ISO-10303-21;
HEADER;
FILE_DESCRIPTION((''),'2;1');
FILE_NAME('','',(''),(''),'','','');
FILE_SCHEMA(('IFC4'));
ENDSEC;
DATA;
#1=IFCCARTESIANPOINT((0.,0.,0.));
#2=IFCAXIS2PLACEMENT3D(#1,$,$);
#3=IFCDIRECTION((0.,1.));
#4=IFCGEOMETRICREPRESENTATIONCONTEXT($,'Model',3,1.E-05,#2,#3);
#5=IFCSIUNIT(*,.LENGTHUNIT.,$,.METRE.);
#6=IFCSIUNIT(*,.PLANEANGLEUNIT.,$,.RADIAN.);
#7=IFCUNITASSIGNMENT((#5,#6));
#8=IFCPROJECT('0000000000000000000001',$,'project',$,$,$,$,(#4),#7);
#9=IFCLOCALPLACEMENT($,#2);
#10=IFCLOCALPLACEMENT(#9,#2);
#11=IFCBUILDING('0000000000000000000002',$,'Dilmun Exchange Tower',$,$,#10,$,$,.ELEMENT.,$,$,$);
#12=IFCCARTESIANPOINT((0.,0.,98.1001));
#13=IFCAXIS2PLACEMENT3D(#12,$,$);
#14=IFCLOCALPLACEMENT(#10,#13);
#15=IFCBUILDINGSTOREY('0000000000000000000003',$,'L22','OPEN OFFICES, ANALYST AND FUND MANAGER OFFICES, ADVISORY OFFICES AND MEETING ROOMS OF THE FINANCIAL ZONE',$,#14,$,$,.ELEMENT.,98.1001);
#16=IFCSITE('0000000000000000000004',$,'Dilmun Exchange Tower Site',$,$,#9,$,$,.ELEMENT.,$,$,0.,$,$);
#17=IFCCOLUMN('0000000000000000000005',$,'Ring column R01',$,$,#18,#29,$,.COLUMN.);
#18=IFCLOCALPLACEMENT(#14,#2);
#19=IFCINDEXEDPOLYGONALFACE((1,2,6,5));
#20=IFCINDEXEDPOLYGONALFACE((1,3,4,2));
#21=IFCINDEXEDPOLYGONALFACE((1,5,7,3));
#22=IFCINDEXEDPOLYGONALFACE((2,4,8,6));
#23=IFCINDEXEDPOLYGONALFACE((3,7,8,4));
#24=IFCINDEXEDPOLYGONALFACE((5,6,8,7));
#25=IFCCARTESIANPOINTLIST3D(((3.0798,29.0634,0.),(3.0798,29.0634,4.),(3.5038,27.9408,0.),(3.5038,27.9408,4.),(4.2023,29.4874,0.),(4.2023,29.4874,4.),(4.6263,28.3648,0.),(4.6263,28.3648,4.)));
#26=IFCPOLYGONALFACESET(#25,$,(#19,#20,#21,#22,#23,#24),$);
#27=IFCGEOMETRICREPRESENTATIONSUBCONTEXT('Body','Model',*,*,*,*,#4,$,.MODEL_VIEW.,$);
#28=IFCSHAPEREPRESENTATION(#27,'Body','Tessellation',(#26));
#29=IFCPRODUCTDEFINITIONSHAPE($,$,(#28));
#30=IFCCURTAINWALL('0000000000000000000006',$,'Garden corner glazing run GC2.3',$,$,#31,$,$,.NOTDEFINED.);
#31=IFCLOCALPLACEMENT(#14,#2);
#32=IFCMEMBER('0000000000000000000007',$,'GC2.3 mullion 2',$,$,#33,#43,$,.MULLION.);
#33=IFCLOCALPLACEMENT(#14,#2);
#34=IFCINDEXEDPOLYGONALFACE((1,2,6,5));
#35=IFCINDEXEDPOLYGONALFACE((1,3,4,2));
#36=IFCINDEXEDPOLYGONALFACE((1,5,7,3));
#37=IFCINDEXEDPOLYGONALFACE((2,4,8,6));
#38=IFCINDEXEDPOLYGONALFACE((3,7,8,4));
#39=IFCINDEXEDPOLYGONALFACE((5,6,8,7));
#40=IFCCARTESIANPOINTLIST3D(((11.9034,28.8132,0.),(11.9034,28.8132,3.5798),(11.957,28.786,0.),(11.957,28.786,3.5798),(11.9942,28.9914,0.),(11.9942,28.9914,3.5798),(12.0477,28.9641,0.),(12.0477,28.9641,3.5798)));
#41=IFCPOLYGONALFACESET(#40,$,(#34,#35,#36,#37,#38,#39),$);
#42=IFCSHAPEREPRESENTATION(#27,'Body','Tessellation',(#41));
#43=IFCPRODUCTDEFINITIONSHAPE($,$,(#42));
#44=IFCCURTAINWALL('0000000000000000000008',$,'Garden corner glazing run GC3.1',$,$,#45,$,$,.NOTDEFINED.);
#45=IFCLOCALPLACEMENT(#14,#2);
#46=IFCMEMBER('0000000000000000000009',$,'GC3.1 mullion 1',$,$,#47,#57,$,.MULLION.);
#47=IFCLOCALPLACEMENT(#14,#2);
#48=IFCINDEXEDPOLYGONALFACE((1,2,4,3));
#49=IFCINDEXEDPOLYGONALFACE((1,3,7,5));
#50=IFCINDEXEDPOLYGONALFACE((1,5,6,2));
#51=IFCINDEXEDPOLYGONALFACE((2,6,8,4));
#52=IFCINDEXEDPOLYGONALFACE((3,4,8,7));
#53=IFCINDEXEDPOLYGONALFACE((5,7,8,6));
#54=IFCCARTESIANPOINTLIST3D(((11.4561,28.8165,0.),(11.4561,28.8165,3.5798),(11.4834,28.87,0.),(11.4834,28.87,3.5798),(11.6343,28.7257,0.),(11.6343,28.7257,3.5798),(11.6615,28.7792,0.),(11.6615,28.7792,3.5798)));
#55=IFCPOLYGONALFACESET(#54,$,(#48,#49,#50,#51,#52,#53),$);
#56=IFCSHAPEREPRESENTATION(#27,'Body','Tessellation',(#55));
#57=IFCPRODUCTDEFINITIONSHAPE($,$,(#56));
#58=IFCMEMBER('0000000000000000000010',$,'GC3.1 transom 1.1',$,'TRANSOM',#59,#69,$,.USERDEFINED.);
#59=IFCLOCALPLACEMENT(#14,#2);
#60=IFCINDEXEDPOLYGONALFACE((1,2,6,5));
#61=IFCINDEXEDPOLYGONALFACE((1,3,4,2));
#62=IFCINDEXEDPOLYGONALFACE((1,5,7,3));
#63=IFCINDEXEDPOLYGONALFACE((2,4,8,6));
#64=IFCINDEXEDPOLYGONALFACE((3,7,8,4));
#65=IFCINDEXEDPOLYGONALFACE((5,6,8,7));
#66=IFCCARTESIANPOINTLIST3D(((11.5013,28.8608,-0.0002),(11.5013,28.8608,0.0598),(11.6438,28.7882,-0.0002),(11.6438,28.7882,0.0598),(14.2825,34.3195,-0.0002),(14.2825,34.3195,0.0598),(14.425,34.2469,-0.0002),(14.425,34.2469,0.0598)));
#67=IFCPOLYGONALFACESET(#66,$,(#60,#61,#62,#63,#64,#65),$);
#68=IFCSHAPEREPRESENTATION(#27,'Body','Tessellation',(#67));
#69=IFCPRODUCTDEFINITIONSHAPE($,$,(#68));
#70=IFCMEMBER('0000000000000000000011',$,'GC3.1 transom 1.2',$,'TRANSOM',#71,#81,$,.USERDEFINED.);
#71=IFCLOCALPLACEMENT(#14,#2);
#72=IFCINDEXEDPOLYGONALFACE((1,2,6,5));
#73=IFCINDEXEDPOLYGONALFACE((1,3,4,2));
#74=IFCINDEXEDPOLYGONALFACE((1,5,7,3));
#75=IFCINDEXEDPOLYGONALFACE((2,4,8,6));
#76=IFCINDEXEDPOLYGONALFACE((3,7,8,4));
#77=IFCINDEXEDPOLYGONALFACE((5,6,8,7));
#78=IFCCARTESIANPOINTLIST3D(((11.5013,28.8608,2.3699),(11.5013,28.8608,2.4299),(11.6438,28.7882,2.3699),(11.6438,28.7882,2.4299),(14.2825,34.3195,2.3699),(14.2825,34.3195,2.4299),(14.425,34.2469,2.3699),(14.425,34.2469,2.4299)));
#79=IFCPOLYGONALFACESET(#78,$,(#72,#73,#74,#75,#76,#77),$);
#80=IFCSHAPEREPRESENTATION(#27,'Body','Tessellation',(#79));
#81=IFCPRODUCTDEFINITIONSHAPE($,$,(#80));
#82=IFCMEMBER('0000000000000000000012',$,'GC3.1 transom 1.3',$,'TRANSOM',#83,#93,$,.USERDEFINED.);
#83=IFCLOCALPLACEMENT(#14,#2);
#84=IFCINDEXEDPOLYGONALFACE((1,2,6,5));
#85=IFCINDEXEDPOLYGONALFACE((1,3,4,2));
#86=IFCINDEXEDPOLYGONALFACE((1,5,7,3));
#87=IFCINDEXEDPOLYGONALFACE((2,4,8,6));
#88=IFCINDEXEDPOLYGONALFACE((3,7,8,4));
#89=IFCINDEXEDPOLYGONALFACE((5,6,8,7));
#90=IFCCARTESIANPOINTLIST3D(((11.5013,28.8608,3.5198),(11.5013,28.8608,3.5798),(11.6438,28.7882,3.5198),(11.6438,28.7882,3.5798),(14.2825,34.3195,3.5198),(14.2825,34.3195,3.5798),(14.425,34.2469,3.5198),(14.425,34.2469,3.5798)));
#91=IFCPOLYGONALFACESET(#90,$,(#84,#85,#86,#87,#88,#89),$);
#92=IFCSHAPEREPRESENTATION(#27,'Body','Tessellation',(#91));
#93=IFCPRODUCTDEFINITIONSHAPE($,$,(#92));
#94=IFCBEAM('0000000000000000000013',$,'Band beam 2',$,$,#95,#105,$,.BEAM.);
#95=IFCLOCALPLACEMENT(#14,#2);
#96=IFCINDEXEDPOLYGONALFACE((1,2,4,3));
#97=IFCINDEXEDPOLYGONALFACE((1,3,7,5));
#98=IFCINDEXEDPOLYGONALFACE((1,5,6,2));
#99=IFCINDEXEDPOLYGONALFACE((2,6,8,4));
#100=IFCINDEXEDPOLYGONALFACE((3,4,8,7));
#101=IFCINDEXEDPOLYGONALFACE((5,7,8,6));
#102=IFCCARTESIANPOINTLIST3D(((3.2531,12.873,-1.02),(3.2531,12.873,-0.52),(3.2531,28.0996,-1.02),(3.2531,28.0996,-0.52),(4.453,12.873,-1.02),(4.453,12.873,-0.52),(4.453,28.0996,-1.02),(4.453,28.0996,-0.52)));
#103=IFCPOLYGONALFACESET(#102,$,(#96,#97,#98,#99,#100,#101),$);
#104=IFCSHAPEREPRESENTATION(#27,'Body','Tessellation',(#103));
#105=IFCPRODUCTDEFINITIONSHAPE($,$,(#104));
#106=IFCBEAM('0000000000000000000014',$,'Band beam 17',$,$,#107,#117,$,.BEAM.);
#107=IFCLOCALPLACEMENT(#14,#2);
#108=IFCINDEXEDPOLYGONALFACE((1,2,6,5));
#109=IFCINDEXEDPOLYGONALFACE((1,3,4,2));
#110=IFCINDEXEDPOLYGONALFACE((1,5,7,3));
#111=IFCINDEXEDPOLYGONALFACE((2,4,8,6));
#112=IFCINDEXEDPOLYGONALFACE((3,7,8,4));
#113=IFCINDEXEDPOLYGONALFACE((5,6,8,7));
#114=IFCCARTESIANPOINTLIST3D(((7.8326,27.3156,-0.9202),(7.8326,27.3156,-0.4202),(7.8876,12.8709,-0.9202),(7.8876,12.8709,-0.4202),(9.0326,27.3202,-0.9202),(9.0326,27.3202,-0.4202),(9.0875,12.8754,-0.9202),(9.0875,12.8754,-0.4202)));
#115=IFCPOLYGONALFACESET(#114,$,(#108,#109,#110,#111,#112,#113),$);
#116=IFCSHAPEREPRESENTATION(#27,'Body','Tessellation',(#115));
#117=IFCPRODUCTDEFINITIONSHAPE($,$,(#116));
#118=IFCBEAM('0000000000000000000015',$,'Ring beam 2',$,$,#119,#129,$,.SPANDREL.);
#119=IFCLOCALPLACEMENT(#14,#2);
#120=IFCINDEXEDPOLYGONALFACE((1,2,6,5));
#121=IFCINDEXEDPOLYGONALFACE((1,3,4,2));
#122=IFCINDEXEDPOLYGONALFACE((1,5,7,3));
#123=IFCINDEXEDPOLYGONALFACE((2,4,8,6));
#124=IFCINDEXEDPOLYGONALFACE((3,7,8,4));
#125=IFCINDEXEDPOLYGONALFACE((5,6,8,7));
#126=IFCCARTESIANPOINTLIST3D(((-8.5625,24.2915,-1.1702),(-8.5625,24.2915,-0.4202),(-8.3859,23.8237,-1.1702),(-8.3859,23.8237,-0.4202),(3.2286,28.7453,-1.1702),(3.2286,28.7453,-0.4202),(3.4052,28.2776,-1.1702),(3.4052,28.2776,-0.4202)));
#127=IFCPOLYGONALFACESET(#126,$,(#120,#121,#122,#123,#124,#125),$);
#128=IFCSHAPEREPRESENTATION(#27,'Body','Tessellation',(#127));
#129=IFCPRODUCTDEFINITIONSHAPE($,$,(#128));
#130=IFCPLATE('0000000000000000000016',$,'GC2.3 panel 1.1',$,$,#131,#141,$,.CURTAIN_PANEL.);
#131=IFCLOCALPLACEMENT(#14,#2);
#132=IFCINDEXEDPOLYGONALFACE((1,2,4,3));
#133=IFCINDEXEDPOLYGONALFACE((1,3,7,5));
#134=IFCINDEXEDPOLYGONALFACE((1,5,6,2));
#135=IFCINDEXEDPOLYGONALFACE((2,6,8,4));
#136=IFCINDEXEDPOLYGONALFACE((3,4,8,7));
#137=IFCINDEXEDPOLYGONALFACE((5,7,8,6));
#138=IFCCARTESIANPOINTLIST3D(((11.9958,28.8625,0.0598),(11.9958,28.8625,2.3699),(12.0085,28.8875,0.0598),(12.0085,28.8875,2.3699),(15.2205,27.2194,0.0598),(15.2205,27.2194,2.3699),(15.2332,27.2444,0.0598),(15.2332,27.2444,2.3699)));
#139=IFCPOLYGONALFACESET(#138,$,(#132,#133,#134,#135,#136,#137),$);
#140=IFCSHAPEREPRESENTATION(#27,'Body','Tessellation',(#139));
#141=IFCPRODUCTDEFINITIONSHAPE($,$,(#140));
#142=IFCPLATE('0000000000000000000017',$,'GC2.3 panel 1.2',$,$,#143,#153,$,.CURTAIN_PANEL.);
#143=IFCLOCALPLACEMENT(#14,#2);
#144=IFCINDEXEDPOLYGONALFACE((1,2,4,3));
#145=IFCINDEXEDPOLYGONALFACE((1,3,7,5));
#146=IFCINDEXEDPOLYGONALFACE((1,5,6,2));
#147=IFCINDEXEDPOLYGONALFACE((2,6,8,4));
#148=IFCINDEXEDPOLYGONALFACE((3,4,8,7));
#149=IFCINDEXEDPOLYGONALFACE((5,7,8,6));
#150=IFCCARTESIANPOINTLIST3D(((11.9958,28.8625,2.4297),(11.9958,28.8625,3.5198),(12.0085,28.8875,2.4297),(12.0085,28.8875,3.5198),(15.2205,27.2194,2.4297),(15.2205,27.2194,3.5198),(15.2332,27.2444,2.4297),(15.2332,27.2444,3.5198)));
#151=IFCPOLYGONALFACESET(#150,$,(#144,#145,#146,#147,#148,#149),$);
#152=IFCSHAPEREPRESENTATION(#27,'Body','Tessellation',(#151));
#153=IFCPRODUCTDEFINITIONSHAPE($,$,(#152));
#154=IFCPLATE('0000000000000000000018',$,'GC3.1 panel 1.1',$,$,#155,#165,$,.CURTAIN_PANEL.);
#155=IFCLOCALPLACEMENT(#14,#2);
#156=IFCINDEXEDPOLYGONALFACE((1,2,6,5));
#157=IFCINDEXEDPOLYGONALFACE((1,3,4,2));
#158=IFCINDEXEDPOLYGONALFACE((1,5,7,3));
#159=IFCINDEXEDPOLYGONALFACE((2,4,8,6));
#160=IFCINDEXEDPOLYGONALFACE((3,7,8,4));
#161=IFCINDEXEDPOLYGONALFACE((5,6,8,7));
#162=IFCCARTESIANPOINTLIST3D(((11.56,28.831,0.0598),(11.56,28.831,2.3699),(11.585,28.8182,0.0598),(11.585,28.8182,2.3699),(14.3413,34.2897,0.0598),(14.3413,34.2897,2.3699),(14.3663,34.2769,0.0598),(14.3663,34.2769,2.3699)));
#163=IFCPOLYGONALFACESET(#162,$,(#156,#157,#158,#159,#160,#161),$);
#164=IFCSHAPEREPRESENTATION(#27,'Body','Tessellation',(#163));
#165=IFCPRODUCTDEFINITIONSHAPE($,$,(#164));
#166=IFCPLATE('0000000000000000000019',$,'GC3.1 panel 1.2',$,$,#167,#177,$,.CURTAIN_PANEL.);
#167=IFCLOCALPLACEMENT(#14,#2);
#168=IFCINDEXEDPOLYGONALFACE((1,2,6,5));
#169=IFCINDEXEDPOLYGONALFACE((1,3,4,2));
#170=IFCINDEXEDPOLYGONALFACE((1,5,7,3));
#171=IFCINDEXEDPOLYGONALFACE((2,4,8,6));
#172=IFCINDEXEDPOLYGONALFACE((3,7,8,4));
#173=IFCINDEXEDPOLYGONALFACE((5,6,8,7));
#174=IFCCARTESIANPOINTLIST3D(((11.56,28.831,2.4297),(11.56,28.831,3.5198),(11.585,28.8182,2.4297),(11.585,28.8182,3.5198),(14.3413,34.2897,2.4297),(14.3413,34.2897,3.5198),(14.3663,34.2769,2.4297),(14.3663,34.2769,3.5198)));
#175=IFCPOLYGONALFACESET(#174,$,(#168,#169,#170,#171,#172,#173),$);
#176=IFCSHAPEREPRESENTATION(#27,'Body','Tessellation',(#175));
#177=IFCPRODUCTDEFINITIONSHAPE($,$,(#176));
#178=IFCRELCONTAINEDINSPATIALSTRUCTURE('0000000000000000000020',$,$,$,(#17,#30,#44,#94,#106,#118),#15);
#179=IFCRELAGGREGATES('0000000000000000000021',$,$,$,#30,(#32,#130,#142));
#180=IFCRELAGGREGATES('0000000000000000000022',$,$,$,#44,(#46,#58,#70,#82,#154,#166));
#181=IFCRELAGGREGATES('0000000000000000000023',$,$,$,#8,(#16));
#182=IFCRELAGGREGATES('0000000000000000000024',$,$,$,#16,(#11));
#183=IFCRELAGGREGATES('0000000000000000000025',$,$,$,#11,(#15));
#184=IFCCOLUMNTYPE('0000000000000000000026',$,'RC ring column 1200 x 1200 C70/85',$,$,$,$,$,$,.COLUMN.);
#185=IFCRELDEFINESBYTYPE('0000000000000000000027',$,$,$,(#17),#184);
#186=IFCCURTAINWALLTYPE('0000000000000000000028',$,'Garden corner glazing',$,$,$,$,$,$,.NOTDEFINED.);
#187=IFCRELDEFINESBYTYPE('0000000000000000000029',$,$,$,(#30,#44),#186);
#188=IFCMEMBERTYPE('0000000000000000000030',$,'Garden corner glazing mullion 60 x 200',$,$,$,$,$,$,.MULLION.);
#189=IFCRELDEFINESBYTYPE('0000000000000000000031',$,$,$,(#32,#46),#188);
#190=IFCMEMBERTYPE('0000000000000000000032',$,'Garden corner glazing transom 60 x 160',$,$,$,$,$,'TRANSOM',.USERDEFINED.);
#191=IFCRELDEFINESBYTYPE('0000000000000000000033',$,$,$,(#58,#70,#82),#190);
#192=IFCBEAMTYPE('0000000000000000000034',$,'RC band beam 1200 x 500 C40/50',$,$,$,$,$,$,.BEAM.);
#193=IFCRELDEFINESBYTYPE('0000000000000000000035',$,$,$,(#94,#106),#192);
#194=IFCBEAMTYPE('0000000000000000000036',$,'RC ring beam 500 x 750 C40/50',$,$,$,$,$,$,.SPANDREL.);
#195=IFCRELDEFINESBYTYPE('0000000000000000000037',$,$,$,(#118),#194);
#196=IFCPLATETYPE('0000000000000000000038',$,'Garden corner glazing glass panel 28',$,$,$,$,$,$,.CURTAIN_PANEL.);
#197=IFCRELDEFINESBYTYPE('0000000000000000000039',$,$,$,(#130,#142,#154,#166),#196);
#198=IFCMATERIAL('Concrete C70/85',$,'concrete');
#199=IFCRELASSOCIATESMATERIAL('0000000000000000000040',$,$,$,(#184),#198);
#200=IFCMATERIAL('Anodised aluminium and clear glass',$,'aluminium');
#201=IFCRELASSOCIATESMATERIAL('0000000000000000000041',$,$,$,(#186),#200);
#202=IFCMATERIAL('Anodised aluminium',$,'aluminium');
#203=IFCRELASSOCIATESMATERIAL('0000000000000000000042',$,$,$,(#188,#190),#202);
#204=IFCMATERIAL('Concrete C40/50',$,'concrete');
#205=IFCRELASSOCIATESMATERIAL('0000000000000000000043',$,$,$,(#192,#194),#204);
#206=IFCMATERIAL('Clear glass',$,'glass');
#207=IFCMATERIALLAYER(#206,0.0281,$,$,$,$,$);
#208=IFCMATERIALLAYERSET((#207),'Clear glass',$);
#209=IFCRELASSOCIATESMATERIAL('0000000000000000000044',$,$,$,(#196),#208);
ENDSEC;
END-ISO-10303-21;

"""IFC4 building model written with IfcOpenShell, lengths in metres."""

from ifc_helpers import new_model, si_unit, direction, frame, origin, origin_2d, place, context, subcontext, project, spatial, rectangle, extrude, material, layer, layer_set, material_profile, profile_set, type_object, element, aggregate, save


model = new_model("IFC4")

# Units and contexts
model_context = context("Model", 3, precision=1e-05, world=origin(), true_north=direction((0.0, 1.0)))
body_context = subcontext(model_context, "Body", "Model", "MODEL_VIEW")
ifc_project = project(units=[si_unit("LENGTHUNIT", "METRE"), si_unit("PLANEANGLEUNIT", "RADIAN")], contexts=[model_context])

# Site, building, storey
site_placement = place(None, origin())
site = spatial("IfcSite", under=ifc_project, at=site_placement, Name="Dilmun Exchange Tower Site", CompositionType="ELEMENT", RefElevation=0.0)
building_placement = place(site_placement, origin())
building = spatial("IfcBuilding", under=site, at=building_placement, Name="Dilmun Exchange Tower", CompositionType="ELEMENT")
storey_placement = place(building_placement, frame((0.0, 0.0, 98.1001)))
storey = spatial("IfcBuildingStorey", under=building, at=storey_placement, Name="L22", Description="OPEN OFFICES, ANALYST AND FUND MANAGER OFFICES, ADVISORY OFFICES AND MEETING ROOMS OF THE FINANCIAL ZONE", CompositionType="ELEMENT", Elevation=98.1001)

# Column
ifc_material_1 = material(Name="Concrete C70/85", Category="concrete")
ifc_material_profile_1 = material_profile(ifc_material_1, rectangle(XDim=1.2, YDim=1.2, at=origin_2d()), Name="1200 x 1200")
ifc_profile_set_1 = profile_set([ifc_material_profile_1], Name="Concrete C70/85")
column_type = type_object("IfcColumnType", Name="RC ring column 1200 x 1200 C70/85", PredefinedType="COLUMN", material=ifc_profile_set_1)
column_placement = place(storey_placement, frame((3.853, 28.7141, 0.0), z_axis=(0.0, 0.0, 1.0), x_axis=(0.935492, 0.353349, 0.0)))
element("IfcColumn", 1, at=column_placement, inside=storey, type_object=column_type, Name="Ring column R01", PredefinedType="COLUMN", context=body_context, shape_type="SweptSolid", body=[
    extrude(rectangle(XDim=1.2, YDim=1.2, at=origin_2d()), origin(), (0.0, 0.0, 1.0), 4.0),
])

# Curtain wall, member
ifc_material_2 = material(Name="Anodised aluminium and clear glass", Category="aluminium")
curtain_wall_type = type_object("IfcCurtainWallType", Name="Garden corner glazing", PredefinedType="NOTDEFINED", material=ifc_material_2)
curtain_wall_1_placement = place(storey_placement, origin())
curtain_wall_1 = element("IfcCurtainWall", 2, at=curtain_wall_1_placement, inside=storey, type_object=curtain_wall_type, Name="Garden corner glazing run GC2.3", PredefinedType="NOTDEFINED")
ifc_material_3 = material(Name="Anodised aluminium", Category="aluminium")
ifc_material_profile_2 = material_profile(ifc_material_3, rectangle(XDim=0.2, YDim=0.0601, at=origin_2d()), Name="AL 60x200")
ifc_profile_set_2 = profile_set([ifc_material_profile_2], Name="Anodised aluminium")
member_type_1 = type_object("IfcMemberType", Name="Garden corner glazing mullion 60 x 200", PredefinedType="MULLION", material=ifc_profile_set_2)
member_1_placement = place(storey_placement, frame((11.9756, 28.8887, 0.0), z_axis=(0.0, 0.0, 1.0), x_axis=(-0.453994, -0.891005, 0.0)))
member_1 = element("IfcMember", 3, at=member_1_placement, type_object=member_type_1, Name="GC2.3 mullion 2", PredefinedType="MULLION", context=body_context, shape_type="SweptSolid", body=[
    extrude(rectangle(XDim=0.2, YDim=0.0601, at=origin_2d()), origin(), (0.0, 0.0, 1.0), 3.5798),
])

# Curtain wall, members
curtain_wall_2_placement = place(storey_placement, origin())
curtain_wall_2 = element("IfcCurtainWall", 4, at=curtain_wall_2_placement, inside=storey, type_object=curtain_wall_type, Name="Garden corner glazing run GC3.1", PredefinedType="NOTDEFINED")
member_2_placement = place(storey_placement, frame((11.5588, 28.7979, 0.0), z_axis=(0.0, 0.0, 1.0), x_axis=(-0.891007, 0.453989, 0.0)))
member_2 = element("IfcMember", 5, at=member_2_placement, type_object=member_type_1, Name="GC3.1 mullion 1", PredefinedType="MULLION", context=body_context, shape_type="SweptSolid", body=[
    extrude(rectangle(XDim=0.2, YDim=0.0601, at=origin_2d()), origin(), (0.0, 0.0, 1.0), 3.5798),
])
ifc_material_profile_3 = material_profile(ifc_material_3, rectangle(XDim=0.1599, YDim=0.0601, at=origin_2d()), Name="AL 60x160")
ifc_profile_set_3 = profile_set([ifc_material_profile_3], Name="Anodised aluminium")
member_type_2 = type_object("IfcMemberType", Name="Garden corner glazing transom 60 x 160", ElementType="TRANSOM", PredefinedType="USERDEFINED", material=ifc_profile_set_3)
member_3_placement = place(storey_placement, frame((11.5725, 28.8245, 0.0298), z_axis=(0.453975, 0.891014, 0.0), x_axis=(-0.891014, 0.453975, 0.0)))
member_3 = element("IfcMember", 6, at=member_3_placement, type_object=member_type_2, Name="GC3.1 transom 1.1", ObjectType="TRANSOM", PredefinedType="USERDEFINED", context=body_context, shape_type="SweptSolid", body=[
    extrude(rectangle(XDim=0.1599, YDim=0.0601, at=origin_2d()), origin(), (0.0, 0.0, 1.0), 6.1265),
])
member_4_placement = place(storey_placement, frame((11.5725, 28.8245, 2.3999), z_axis=(0.453975, 0.891014, 0.0), x_axis=(-0.891014, 0.453975, 0.0)))
member_4 = element("IfcMember", 7, at=member_4_placement, type_object=member_type_2, Name="GC3.1 transom 1.2", ObjectType="TRANSOM", PredefinedType="USERDEFINED", context=body_context, shape_type="SweptSolid", body=[
    extrude(rectangle(XDim=0.1599, YDim=0.0601, at=origin_2d()), origin(), (0.0, 0.0, 1.0), 6.1265),
])
member_5_placement = place(storey_placement, frame((11.5725, 28.8245, 3.5498), z_axis=(0.453975, 0.891014, 0.0), x_axis=(-0.891014, 0.453975, 0.0)))
member_5 = element("IfcMember", 8, at=member_5_placement, type_object=member_type_2, Name="GC3.1 transom 1.3", ObjectType="TRANSOM", PredefinedType="USERDEFINED", context=body_context, shape_type="SweptSolid", body=[
    extrude(rectangle(XDim=0.1599, YDim=0.0601, at=origin_2d()), origin(), (0.0, 0.0, 1.0), 6.1265),
])

# Beams
ifc_material_4 = material(Name="Concrete C40/50", Category="concrete")
ifc_material_profile_4 = material_profile(ifc_material_4, rectangle(XDim=1.2, YDim=0.5, at=origin_2d()), Name="1200 x 500")
ifc_profile_set_4 = profile_set([ifc_material_profile_4], Name="Concrete C40/50")
beam_type_1 = type_object("IfcBeamType", Name="RC band beam 1200 x 500 C40/50", PredefinedType="BEAM", material=ifc_profile_set_4)
beam_1_placement = place(storey_placement, frame((3.853, 28.0996, -0.77), z_axis=(0.0, -1.0, 0.0), x_axis=(1.0, 0.0, 0.0)))
element("IfcBeam", 9, at=beam_1_placement, inside=storey, type_object=beam_type_1, Name="Band beam 2", PredefinedType="BEAM", context=body_context, shape_type="SweptSolid", body=[
    extrude(rectangle(XDim=1.2, YDim=0.5, at=origin_2d()), origin(), (0.0, 0.0, 1.0), 15.2266),
])
beam_2_placement = place(storey_placement, frame((8.4326, 27.3179, -0.6702), z_axis=(0.003803, -0.999993, 0.0), x_axis=(0.999993, 0.003803, 0.0)))
element("IfcBeam", 10, at=beam_2_placement, inside=storey, type_object=beam_type_1, Name="Band beam 17", PredefinedType="BEAM", context=body_context, shape_type="SweptSolid", body=[
    extrude(rectangle(XDim=1.2, YDim=0.5, at=origin_2d()), origin(), (0.0, 0.0, 1.0), 14.4448),
])
ifc_material_profile_5 = material_profile(ifc_material_4, rectangle(XDim=0.5, YDim=0.75, at=origin_2d()), Name="500 x 750")
ifc_profile_set_5 = profile_set([ifc_material_profile_5], Name="Concrete C40/50")
beam_type_2 = type_object("IfcBeamType", Name="RC ring beam 500 x 750 C40/50", PredefinedType="SPANDREL", material=ifc_profile_set_5)
beam_3_placement = place(storey_placement, frame((3.3169, 28.5115, -0.7952), z_axis=(-0.935486, -0.353364, 0.0), x_axis=(0.353364, -0.935486, 0.0)))
element("IfcBeam", 11, at=beam_3_placement, inside=storey, type_object=beam_type_2, Name="Ring beam 2", PredefinedType="SPANDREL", context=body_context, shape_type="SweptSolid", body=[
    extrude(rectangle(XDim=0.5, YDim=0.75, at=origin_2d()), origin(), (0.0, 0.0, 1.0), 12.6042),
])

# Plates
ifc_material_5 = material(Name="Clear glass", Category="glass")
ifc_layer_1 = layer(ifc_material_5, 0.0281)
ifc_layer_set_1 = layer_set([ifc_layer_1], Name="Clear glass")
plate_type = type_object("IfcPlateType", Name="Garden corner glazing glass panel 28", PredefinedType="CURTAIN_PANEL", material=ifc_layer_set_1)
plate_1_placement = place(storey_placement, frame((13.6145, 28.0535, 0.0598), z_axis=(0.0, 0.0, 1.0), x_axis=(-0.891005, 0.453994, 0.0)))
plate_1 = element("IfcPlate", 12, at=plate_1_placement, type_object=plate_type, Name="GC2.3 panel 1.1", PredefinedType="CURTAIN_PANEL", context=body_context, shape_type="SweptSolid", body=[
    extrude(rectangle(XDim=3.6191, YDim=0.0281, at=origin_2d()), origin(), (0.0, 0.0, 1.0), 2.3101),
])
plate_2_placement = place(storey_placement, frame((13.6145, 28.0535, 2.4297), z_axis=(0.0, 0.0, 1.0), x_axis=(-0.891005, 0.453994, 0.0)))
plate_2 = element("IfcPlate", 13, at=plate_2_placement, type_object=plate_type, Name="GC2.3 panel 1.2", PredefinedType="CURTAIN_PANEL", context=body_context, shape_type="SweptSolid", body=[
    extrude(rectangle(XDim=3.6191, YDim=0.0281, at=origin_2d()), origin(), (0.0, 0.0, 1.0), 1.0901),
])
aggregate(curtain_wall_1, [member_1, plate_1, plate_2])
plate_3_placement = place(storey_placement, frame((12.9631, 31.554, 0.0598), z_axis=(0.0, 0.0, 1.0), x_axis=(0.453989, 0.891007, 0.0)))
plate_3 = element("IfcPlate", 14, at=plate_3_placement, type_object=plate_type, Name="GC3.1 panel 1.1", PredefinedType="CURTAIN_PANEL", context=body_context, shape_type="SweptSolid", body=[
    extrude(rectangle(XDim=6.1265, YDim=0.0281, at=origin_2d()), origin(), (0.0, 0.0, 1.0), 2.3101),
])
plate_4_placement = place(storey_placement, frame((12.9631, 31.554, 2.4297), z_axis=(0.0, 0.0, 1.0), x_axis=(0.453989, 0.891007, 0.0)))
plate_4 = element("IfcPlate", 15, at=plate_4_placement, type_object=plate_type, Name="GC3.1 panel 1.2", PredefinedType="CURTAIN_PANEL", context=body_context, shape_type="SweptSolid", body=[
    extrude(rectangle(XDim=6.1265, YDim=0.0281, at=origin_2d()), origin(), (0.0, 0.0, 1.0), 1.0901),
])
aggregate(curtain_wall_2, [member_2, member_3, member_4, member_5, plate_3, plate_4])

save(model, "model.ifc")
